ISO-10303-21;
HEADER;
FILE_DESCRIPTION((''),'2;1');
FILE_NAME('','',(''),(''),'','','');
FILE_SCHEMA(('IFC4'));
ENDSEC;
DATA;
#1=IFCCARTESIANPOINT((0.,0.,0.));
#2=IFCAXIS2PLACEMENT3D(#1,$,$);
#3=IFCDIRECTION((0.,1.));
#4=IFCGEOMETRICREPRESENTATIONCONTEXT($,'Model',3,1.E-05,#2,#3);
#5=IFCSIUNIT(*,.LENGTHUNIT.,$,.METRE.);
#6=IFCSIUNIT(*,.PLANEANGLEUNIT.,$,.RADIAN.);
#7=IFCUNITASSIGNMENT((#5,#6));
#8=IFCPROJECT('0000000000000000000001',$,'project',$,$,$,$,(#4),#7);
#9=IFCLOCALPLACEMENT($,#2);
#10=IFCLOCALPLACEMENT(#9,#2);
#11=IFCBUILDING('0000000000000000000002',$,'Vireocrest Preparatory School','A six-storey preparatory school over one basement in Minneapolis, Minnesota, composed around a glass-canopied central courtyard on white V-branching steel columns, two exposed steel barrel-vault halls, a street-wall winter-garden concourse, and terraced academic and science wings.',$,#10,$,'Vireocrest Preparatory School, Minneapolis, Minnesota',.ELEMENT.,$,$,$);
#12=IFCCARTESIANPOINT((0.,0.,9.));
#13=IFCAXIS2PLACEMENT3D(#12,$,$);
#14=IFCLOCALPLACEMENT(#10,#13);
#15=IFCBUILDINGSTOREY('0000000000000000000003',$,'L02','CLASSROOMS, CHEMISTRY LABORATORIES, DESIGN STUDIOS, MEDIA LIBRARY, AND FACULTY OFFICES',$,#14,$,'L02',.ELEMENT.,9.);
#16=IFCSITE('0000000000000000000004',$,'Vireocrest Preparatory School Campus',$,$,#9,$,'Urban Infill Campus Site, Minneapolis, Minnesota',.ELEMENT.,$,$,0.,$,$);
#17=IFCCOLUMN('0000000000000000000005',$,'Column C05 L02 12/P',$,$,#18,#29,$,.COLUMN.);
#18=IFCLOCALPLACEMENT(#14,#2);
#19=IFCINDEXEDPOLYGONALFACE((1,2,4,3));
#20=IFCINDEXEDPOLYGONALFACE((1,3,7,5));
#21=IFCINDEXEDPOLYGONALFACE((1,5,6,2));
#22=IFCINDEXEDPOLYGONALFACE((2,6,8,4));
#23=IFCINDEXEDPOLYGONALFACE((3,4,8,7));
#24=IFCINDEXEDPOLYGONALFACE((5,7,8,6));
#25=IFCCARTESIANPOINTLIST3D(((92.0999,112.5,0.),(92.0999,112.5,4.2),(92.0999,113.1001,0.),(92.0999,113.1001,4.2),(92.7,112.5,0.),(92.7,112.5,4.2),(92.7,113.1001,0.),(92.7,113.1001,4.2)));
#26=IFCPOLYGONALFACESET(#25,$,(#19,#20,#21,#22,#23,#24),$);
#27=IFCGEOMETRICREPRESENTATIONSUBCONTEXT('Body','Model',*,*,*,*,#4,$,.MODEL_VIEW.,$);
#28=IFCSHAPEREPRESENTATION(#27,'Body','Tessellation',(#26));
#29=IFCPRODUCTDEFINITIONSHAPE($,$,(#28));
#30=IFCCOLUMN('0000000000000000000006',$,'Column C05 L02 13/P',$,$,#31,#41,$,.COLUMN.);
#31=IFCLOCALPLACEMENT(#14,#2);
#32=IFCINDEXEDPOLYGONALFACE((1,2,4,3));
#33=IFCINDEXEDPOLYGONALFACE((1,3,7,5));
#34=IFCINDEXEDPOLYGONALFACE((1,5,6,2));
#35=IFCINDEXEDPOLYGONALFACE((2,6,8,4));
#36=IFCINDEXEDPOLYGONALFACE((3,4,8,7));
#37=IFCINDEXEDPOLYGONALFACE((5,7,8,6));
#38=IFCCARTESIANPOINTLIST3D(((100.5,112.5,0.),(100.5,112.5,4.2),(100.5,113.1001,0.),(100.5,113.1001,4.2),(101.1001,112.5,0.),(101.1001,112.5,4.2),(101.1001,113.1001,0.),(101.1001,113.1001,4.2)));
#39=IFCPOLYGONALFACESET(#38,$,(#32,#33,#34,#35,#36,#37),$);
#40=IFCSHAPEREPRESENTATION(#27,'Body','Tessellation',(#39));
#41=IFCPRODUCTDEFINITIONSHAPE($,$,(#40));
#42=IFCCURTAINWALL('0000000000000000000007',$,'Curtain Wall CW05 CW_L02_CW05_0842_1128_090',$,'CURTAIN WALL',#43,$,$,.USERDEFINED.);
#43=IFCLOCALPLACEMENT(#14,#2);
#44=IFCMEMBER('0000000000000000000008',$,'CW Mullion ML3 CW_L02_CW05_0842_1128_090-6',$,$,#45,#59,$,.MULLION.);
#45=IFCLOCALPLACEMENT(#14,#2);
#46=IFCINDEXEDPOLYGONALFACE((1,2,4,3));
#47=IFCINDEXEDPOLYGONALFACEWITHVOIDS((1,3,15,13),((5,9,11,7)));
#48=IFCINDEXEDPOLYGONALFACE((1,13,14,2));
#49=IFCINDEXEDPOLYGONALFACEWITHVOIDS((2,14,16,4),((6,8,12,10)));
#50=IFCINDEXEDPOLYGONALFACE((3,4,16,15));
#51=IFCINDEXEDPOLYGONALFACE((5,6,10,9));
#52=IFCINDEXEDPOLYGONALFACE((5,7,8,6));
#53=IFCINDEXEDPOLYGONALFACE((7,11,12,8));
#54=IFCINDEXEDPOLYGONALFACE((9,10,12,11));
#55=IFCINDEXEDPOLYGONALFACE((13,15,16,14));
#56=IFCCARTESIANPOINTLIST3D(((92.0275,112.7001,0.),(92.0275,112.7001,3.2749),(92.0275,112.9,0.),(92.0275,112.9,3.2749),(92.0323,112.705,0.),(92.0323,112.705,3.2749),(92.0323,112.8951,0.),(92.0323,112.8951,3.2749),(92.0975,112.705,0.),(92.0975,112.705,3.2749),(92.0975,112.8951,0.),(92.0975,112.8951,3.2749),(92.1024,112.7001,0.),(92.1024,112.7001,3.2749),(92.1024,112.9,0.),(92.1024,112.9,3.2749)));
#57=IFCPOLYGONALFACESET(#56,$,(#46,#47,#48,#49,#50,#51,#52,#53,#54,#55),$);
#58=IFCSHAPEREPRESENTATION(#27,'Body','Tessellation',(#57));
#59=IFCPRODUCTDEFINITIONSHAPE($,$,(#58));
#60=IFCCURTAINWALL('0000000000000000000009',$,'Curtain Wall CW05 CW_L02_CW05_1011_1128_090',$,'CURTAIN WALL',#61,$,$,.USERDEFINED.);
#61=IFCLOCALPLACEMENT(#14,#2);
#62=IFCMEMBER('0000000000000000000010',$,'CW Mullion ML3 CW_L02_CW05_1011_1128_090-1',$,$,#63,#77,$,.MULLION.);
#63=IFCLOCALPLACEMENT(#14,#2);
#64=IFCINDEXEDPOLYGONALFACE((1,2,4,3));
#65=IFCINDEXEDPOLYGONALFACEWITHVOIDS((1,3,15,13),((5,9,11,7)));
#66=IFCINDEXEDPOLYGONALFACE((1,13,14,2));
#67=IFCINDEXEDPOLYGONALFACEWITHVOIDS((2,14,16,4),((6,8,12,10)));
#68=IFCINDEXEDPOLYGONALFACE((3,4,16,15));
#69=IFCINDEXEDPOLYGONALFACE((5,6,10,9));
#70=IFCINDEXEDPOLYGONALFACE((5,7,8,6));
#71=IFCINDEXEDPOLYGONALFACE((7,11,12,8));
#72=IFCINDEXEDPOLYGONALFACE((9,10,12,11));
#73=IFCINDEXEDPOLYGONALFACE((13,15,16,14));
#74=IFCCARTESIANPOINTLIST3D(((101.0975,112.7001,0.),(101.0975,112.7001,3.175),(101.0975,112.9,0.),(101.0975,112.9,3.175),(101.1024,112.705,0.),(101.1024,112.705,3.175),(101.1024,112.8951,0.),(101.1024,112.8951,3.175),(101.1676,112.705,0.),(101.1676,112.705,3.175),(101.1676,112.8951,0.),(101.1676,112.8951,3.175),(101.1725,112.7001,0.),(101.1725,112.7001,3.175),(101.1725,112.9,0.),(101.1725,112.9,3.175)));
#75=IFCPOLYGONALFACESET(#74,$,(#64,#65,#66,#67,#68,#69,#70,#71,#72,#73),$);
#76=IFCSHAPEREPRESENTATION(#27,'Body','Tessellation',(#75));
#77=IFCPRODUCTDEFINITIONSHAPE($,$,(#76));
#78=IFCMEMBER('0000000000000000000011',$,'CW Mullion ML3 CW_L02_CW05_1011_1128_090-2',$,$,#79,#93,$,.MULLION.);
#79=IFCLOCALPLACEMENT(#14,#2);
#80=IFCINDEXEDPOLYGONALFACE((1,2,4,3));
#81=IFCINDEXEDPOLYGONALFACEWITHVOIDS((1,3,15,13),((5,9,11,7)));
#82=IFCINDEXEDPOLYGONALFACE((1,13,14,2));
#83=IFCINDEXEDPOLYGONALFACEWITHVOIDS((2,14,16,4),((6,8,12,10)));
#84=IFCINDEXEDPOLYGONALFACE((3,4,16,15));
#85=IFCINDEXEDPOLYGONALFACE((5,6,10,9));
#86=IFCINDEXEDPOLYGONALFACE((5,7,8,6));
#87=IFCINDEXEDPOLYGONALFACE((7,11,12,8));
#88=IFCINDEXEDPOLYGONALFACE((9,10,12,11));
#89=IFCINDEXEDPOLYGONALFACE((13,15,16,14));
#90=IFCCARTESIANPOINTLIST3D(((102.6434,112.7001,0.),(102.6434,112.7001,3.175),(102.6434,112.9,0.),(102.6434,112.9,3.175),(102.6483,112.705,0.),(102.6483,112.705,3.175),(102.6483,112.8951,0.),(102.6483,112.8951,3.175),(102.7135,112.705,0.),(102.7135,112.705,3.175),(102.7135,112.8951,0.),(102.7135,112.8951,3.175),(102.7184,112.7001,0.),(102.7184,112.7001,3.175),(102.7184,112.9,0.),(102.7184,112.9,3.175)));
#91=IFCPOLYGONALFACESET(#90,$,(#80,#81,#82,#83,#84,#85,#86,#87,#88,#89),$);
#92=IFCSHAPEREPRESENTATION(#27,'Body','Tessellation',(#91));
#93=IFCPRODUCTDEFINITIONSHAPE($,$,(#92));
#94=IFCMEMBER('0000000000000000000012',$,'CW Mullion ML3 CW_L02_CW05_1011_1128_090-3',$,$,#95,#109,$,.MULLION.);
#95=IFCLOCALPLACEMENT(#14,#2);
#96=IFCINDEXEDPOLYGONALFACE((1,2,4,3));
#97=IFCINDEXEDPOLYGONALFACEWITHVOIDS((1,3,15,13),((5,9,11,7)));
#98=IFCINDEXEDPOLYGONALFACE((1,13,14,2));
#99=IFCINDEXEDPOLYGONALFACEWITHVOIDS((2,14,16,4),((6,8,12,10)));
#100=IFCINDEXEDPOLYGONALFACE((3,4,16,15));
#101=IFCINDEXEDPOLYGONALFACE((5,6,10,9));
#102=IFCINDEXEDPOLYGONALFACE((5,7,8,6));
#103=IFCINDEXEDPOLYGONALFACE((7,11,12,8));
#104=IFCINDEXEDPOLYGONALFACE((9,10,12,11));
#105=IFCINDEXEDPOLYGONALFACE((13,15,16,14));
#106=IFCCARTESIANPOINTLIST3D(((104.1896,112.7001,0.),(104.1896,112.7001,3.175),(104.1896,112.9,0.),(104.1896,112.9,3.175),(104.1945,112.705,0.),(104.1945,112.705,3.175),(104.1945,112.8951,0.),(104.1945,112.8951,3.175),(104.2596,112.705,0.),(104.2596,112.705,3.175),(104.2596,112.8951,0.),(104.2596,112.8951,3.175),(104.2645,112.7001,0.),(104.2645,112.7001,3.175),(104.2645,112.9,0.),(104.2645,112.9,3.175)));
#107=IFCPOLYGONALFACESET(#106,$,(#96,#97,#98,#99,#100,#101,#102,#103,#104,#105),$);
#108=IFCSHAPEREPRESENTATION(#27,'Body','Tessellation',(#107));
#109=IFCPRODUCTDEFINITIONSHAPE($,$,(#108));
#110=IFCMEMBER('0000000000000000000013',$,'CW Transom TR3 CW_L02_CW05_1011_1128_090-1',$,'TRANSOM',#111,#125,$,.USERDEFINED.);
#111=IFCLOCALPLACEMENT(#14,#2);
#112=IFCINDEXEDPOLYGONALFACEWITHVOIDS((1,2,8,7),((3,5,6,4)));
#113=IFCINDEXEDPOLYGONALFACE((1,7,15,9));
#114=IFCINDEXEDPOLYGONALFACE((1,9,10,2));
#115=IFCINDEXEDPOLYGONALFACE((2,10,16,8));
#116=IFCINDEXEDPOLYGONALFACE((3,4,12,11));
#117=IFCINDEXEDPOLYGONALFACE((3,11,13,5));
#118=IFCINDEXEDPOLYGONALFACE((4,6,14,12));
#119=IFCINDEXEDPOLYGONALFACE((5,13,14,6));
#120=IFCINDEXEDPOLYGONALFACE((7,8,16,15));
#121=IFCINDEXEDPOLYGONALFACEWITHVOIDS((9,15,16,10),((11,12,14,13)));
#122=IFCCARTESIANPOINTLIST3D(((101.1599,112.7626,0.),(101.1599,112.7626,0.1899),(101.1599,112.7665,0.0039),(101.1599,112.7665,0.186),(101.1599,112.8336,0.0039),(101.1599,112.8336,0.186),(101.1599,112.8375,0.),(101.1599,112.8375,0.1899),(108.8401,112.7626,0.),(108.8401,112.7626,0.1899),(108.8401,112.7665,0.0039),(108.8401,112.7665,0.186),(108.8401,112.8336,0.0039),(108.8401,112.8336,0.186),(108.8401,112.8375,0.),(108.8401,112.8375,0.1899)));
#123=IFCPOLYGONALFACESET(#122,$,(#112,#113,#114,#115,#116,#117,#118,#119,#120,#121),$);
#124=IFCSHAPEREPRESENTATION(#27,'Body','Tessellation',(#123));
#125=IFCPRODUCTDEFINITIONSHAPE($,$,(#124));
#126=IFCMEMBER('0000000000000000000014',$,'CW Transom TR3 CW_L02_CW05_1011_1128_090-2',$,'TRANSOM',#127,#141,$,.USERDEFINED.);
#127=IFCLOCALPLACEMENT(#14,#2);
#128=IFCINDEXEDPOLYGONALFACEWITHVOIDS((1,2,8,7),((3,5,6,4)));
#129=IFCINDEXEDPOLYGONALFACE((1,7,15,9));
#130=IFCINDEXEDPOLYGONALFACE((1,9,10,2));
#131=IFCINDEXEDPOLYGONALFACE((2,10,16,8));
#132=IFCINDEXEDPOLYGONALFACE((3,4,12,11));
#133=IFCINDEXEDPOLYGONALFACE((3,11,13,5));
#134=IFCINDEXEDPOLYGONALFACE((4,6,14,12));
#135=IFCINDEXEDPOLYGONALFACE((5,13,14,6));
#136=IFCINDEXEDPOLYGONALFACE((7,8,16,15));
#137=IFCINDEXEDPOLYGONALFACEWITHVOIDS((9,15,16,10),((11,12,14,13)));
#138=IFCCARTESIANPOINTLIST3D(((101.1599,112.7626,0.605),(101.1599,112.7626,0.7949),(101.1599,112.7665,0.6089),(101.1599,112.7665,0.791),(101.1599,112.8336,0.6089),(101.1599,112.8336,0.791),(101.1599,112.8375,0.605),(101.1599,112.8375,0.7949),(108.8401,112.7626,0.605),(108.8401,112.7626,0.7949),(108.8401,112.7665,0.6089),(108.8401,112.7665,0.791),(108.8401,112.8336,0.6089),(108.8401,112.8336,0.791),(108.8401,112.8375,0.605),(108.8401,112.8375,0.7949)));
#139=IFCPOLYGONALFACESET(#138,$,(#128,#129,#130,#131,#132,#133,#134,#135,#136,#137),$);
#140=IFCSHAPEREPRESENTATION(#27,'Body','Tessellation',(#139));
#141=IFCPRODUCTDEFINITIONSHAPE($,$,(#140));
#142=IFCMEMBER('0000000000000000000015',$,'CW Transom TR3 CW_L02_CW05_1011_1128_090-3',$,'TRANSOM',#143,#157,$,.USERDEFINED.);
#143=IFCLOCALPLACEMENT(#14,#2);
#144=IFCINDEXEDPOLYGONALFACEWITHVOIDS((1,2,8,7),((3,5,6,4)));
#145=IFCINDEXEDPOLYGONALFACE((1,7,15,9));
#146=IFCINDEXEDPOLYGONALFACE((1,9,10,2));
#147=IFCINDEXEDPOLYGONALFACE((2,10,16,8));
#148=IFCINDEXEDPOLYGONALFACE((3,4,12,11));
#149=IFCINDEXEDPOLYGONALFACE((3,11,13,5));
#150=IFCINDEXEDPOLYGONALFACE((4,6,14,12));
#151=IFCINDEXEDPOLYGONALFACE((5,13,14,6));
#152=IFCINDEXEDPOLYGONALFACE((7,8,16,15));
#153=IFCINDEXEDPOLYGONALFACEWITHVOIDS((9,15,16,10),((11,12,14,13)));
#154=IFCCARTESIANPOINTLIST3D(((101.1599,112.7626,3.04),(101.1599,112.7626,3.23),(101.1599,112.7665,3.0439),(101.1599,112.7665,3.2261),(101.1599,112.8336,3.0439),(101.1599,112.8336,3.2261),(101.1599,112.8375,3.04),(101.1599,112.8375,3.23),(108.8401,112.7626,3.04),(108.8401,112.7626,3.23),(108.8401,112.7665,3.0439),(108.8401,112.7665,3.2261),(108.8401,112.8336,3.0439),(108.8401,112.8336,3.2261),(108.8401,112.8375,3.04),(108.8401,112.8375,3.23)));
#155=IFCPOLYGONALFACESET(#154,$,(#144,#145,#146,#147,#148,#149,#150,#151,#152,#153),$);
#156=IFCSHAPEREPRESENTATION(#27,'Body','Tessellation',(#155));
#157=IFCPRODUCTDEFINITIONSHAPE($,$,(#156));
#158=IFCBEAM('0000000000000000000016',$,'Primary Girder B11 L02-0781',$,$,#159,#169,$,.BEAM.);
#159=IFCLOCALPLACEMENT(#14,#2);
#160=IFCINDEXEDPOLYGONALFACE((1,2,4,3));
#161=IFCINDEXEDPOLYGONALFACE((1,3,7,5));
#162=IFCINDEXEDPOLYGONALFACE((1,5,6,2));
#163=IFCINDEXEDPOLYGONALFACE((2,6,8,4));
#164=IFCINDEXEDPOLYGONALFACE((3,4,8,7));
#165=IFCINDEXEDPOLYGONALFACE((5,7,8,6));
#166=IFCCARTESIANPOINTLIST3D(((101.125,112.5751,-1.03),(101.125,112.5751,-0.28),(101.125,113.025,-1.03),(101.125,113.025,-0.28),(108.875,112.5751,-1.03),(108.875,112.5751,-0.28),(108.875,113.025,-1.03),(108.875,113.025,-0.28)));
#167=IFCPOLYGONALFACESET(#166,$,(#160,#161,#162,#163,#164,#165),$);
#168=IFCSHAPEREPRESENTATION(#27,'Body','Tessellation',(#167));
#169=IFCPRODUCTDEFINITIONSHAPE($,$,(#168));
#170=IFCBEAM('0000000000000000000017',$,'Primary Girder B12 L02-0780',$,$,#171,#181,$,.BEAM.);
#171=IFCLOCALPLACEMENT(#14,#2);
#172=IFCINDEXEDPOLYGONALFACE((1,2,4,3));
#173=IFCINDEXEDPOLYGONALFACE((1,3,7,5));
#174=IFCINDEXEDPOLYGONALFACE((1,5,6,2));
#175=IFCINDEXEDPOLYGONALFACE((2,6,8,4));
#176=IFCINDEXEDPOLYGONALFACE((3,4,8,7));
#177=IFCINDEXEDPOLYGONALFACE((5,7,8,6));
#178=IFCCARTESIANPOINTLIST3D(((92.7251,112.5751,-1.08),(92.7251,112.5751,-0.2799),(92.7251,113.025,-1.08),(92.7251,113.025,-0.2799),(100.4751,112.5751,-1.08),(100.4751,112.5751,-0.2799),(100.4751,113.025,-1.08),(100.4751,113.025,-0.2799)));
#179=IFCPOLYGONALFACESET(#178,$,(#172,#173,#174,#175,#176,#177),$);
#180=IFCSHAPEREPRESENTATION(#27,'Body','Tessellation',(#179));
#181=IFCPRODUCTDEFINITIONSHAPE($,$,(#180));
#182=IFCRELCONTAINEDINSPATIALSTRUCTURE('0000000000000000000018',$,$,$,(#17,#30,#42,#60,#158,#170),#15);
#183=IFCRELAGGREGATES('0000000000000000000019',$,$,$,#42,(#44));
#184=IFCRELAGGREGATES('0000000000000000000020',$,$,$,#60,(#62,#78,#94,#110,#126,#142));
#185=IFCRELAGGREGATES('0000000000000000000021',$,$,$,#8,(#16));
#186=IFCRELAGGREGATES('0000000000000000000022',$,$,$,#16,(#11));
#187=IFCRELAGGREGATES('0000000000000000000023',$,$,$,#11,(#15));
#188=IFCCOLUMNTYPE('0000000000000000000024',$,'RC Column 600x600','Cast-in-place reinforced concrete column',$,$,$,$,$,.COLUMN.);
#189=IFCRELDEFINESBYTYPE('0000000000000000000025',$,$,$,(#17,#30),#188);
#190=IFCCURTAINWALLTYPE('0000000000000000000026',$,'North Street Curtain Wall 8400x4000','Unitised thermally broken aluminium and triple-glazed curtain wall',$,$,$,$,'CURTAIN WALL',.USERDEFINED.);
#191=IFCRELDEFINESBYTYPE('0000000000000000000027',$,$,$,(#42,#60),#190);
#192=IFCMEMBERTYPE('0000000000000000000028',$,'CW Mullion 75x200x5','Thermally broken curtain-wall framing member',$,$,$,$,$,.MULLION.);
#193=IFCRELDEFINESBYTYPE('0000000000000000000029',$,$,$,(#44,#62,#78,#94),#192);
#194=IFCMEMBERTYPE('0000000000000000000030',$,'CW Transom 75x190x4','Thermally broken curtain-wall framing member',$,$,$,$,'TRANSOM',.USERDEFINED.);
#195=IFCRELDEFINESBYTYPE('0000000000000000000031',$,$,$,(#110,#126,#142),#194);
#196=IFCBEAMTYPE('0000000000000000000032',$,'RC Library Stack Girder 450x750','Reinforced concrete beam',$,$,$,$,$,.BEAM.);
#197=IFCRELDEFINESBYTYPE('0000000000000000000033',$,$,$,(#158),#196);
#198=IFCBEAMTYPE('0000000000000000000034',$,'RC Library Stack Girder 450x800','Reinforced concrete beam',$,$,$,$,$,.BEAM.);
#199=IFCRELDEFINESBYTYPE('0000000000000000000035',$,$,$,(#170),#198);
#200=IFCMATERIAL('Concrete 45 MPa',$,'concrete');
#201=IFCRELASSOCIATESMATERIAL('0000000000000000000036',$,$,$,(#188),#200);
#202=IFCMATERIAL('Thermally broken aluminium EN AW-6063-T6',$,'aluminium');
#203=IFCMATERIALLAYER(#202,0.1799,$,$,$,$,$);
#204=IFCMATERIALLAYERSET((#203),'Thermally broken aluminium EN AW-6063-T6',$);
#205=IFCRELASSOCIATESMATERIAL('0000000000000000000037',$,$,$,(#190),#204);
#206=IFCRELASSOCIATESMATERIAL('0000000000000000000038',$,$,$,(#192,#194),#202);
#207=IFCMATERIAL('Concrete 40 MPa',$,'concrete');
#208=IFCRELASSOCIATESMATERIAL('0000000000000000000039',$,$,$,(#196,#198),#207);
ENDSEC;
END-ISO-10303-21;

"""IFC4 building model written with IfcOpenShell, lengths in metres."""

from ifc_helpers import new_model, si_unit, direction, frame, origin, origin_2d, place, context, subcontext, project, spatial, rectangle, hollow_rectangle, extrude, material, layer, layer_set, material_profile, profile_set, type_object, element, aggregate, save


model = new_model("IFC4")

# Units and contexts
model_context = context("Model", 3, precision=1e-05, world=origin(), true_north=direction((0.0, 1.0)))
body_context = subcontext(model_context, "Body", "Model", "MODEL_VIEW")
ifc_project = project(units=[si_unit("LENGTHUNIT", "METRE"), si_unit("PLANEANGLEUNIT", "RADIAN")], contexts=[model_context])

# Site, building, storey
site_placement = place(None, origin())
site = spatial("IfcSite", under=ifc_project, at=site_placement, Name="Vireocrest Preparatory School Campus", LongName="Urban Infill Campus Site, Minneapolis, Minnesota", CompositionType="ELEMENT", RefElevation=0.0)
building_placement = place(site_placement, origin())
building = spatial("IfcBuilding", under=site, at=building_placement, Name="Vireocrest Preparatory School", Description="A six-storey preparatory school over one basement in Minneapolis, Minnesota, composed around a glass-canopied central courtyard on white V-branching steel columns, two exposed steel barrel-vault halls, a street-wall winter-garden concourse, and terraced academic and science wings.", LongName="Vireocrest Preparatory School, Minneapolis, Minnesota", CompositionType="ELEMENT")
storey_placement = place(building_placement, frame((0.0, 0.0, 9.0)))
storey = spatial("IfcBuildingStorey", under=building, at=storey_placement, Name="L02", Description="CLASSROOMS, CHEMISTRY LABORATORIES, DESIGN STUDIOS, MEDIA LIBRARY, AND FACULTY OFFICES", LongName="L02", CompositionType="ELEMENT", Elevation=9.0)

# Columns
ifc_material_1 = material(Name="Concrete 45 MPa", Category="concrete")
ifc_material_profile_1 = material_profile(ifc_material_1, rectangle(XDim=0.6001, YDim=0.6001, at=origin_2d()), Name="RC 600x600")
ifc_profile_set_1 = profile_set([ifc_material_profile_1], Name="Concrete 45 MPa")
column_type = type_object("IfcColumnType", Name="RC Column 600x600", Description="Cast-in-place reinforced concrete column", PredefinedType="COLUMN", material=ifc_profile_set_1)
for number, where, z_axis, x_axis, name in (
    (1, (92.3999, 112.8, 0.0), (0.0, 0.0, 1.0), (1.0, 0.0, 0.0), "Column C05 L02 12/P"),
    (2, (100.8, 112.8, 0.0), (0.0, 0.0, 1.0), (1.0, 0.0, 0.0), "Column C05 L02 13/P"),
):
    element("IfcColumn", number, at=place(storey_placement, frame(where, z_axis=z_axis, x_axis=x_axis)), inside=storey, type_object=column_type, Name=name, PredefinedType="COLUMN", context=body_context, shape_type="SweptSolid", body=[
        extrude(rectangle(XDim=0.6001, YDim=0.6001, at=origin_2d()), origin(), (0.0, 0.0, 1.0), 4.2),
    ])

# Curtain wall, member
ifc_material_2 = material(Name="Thermally broken aluminium EN AW-6063-T6", Category="aluminium")
ifc_layer_1 = layer(ifc_material_2, 0.1799)
ifc_layer_set_1 = layer_set([ifc_layer_1], Name="Thermally broken aluminium EN AW-6063-T6")
curtain_wall_type = type_object("IfcCurtainWallType", Name="North Street Curtain Wall 8400x4000", Description="Unitised thermally broken aluminium and triple-glazed curtain wall", ElementType="CURTAIN WALL", PredefinedType="USERDEFINED", material=ifc_layer_set_1)
curtain_wall_1_placement = place(storey_placement, origin())
curtain_wall_1 = element("IfcCurtainWall", 3, at=curtain_wall_1_placement, inside=storey, type_object=curtain_wall_type, Name="Curtain Wall CW05 CW_L02_CW05_0842_1128_090", ObjectType="CURTAIN WALL", PredefinedType="USERDEFINED")
ifc_material_profile_2 = material_profile(ifc_material_2, hollow_rectangle(XDim=0.075, YDim=0.2, WallThickness=0.0049, at=origin_2d()), Name="ALU 75x200x5")
ifc_profile_set_2 = profile_set([ifc_material_profile_2], Name="Thermally broken aluminium EN AW-6063-T6")
member_type_1 = type_object("IfcMemberType", Name="CW Mullion 75x200x5", Description="Thermally broken curtain-wall framing member", PredefinedType="MULLION", material=ifc_profile_set_2)
member_1_placement = place(storey_placement, frame((92.0649, 112.8, 0.0), z_axis=(0.0, 0.0, 1.0), x_axis=(1.0, 0.0, 0.0)))
member_1 = element("IfcMember", 4, at=member_1_placement, type_object=member_type_1, Name="CW Mullion ML3 CW_L02_CW05_0842_1128_090-6", PredefinedType="MULLION", context=body_context, shape_type="SweptSolid", body=[
    extrude(hollow_rectangle(XDim=0.075, YDim=0.2, WallThickness=0.0049, at=origin_2d()), origin(), (0.0, 0.0, 1.0), 3.2749),
])
aggregate(curtain_wall_1, [member_1])

# Curtain wall, members
curtain_wall_2_placement = place(storey_placement, origin())
curtain_wall_2 = element("IfcCurtainWall", 5, at=curtain_wall_2_placement, inside=storey, type_object=curtain_wall_type, Name="Curtain Wall CW05 CW_L02_CW05_1011_1128_090", ObjectType="CURTAIN WALL", PredefinedType="USERDEFINED")
member_2_placement = place(storey_placement, frame((101.135, 112.8, 0.0), z_axis=(0.0, 0.0, 1.0), x_axis=(1.0, 0.0, 0.0)))
member_2 = element("IfcMember", 6, at=member_2_placement, type_object=member_type_1, Name="CW Mullion ML3 CW_L02_CW05_1011_1128_090-1", PredefinedType="MULLION", context=body_context, shape_type="SweptSolid", body=[
    extrude(hollow_rectangle(XDim=0.075, YDim=0.2, WallThickness=0.0049, at=origin_2d()), origin(), (0.0, 0.0, 1.0), 3.175),
])
member_3_placement = place(storey_placement, frame((102.6809, 112.8, 0.0), z_axis=(0.0, 0.0, 1.0), x_axis=(1.0, 0.0, 0.0)))
member_3 = element("IfcMember", 7, at=member_3_placement, type_object=member_type_1, Name="CW Mullion ML3 CW_L02_CW05_1011_1128_090-2", PredefinedType="MULLION", context=body_context, shape_type="SweptSolid", body=[
    extrude(hollow_rectangle(XDim=0.075, YDim=0.2, WallThickness=0.0049, at=origin_2d()), origin(), (0.0, 0.0, 1.0), 3.175),
])
member_4_placement = place(storey_placement, frame((104.2271, 112.8, 0.0), z_axis=(0.0, 0.0, 1.0), x_axis=(1.0, 0.0, 0.0)))
member_4 = element("IfcMember", 8, at=member_4_placement, type_object=member_type_1, Name="CW Mullion ML3 CW_L02_CW05_1011_1128_090-3", PredefinedType="MULLION", context=body_context, shape_type="SweptSolid", body=[
    extrude(hollow_rectangle(XDim=0.075, YDim=0.2, WallThickness=0.0049, at=origin_2d()), origin(), (0.0, 0.0, 1.0), 3.175),
])
ifc_material_profile_3 = material_profile(ifc_material_2, hollow_rectangle(XDim=0.075, YDim=0.1899, WallThickness=0.0039, at=origin_2d()), Name="ALU 75x190x4")
ifc_profile_set_3 = profile_set([ifc_material_profile_3], Name="Thermally broken aluminium EN AW-6063-T6")
member_type_2 = type_object("IfcMemberType", Name="CW Transom 75x190x4", Description="Thermally broken curtain-wall framing member", ElementType="TRANSOM", PredefinedType="USERDEFINED", material=ifc_profile_set_3)
member_5_placement = place(storey_placement, frame((101.1599, 112.8, 0.095), z_axis=(1.0, 0.0, 0.0), x_axis=(0.0, 1.0, 0.0)))
member_5 = element("IfcMember", 9, at=member_5_placement, type_object=member_type_2, Name="CW Transom TR3 CW_L02_CW05_1011_1128_090-1", ObjectType="TRANSOM", PredefinedType="USERDEFINED", context=body_context, shape_type="SweptSolid", body=[
    extrude(hollow_rectangle(XDim=0.075, YDim=0.1899, WallThickness=0.0039, at=origin_2d()), origin(), (0.0, 0.0, 1.0), 7.6802),
])
member_6_placement = place(storey_placement, frame((101.1599, 112.8, 0.7), z_axis=(1.0, 0.0, 0.0), x_axis=(0.0, 1.0, 0.0)))
member_6 = element("IfcMember", 10, at=member_6_placement, type_object=member_type_2, Name="CW Transom TR3 CW_L02_CW05_1011_1128_090-2", ObjectType="TRANSOM", PredefinedType="USERDEFINED", context=body_context, shape_type="SweptSolid", body=[
    extrude(hollow_rectangle(XDim=0.075, YDim=0.1899, WallThickness=0.0039, at=origin_2d()), origin(), (0.0, 0.0, 1.0), 7.6802),
])
member_7_placement = place(storey_placement, frame((101.1599, 112.8, 3.135), z_axis=(1.0, 0.0, 0.0), x_axis=(0.0, 1.0, 0.0)))
member_7 = element("IfcMember", 11, at=member_7_placement, type_object=member_type_2, Name="CW Transom TR3 CW_L02_CW05_1011_1128_090-3", ObjectType="TRANSOM", PredefinedType="USERDEFINED", context=body_context, shape_type="SweptSolid", body=[
    extrude(hollow_rectangle(XDim=0.075, YDim=0.1899, WallThickness=0.0039, at=origin_2d()), origin(), (0.0, 0.0, 1.0), 7.6802),
])

# Beams
ifc_material_3 = material(Name="Concrete 40 MPa", Category="concrete")
ifc_material_profile_4 = material_profile(ifc_material_3, rectangle(XDim=0.45, YDim=0.75, at=origin_2d()), Name="RC 450x750")
ifc_profile_set_4 = profile_set([ifc_material_profile_4], Name="Concrete 40 MPa")
beam_type_1 = type_object("IfcBeamType", Name="RC Library Stack Girder 450x750", Description="Reinforced concrete beam", PredefinedType="BEAM", material=ifc_profile_set_4)
beam_1_placement = place(storey_placement, frame((101.125, 112.8, -0.655), z_axis=(1.0, 0.0, 0.0), x_axis=(0.0, 1.0, 0.0)))
element("IfcBeam", 12, at=beam_1_placement, inside=storey, type_object=beam_type_1, Name="Primary Girder B11 L02-0781", PredefinedType="BEAM", context=body_context, shape_type="SweptSolid", body=[
    extrude(rectangle(XDim=0.45, YDim=0.75, at=origin_2d()), origin(), (0.0, 0.0, 1.0), 7.75),
])
ifc_material_profile_5 = material_profile(ifc_material_3, rectangle(XDim=0.45, YDim=0.8, at=origin_2d()), Name="RC 450x800")
ifc_profile_set_5 = profile_set([ifc_material_profile_5], Name="Concrete 40 MPa")
beam_type_2 = type_object("IfcBeamType", Name="RC Library Stack Girder 450x800", Description="Reinforced concrete beam", PredefinedType="BEAM", material=ifc_profile_set_5)
beam_2_placement = place(storey_placement, frame((92.7251, 112.8, -0.6799), z_axis=(1.0, 0.0, 0.0), x_axis=(0.0, 1.0, 0.0)))
element("IfcBeam", 13, at=beam_2_placement, inside=storey, type_object=beam_type_2, Name="Primary Girder B12 L02-0780", PredefinedType="BEAM", context=body_context, shape_type="SweptSolid", body=[
    extrude(rectangle(XDim=0.45, YDim=0.8, at=origin_2d()), origin(), (0.0, 0.0, 1.0), 7.75),
])

aggregate(curtain_wall_2, [member_2, member_3, member_4, member_5, member_6, member_7])

save(model, "model.ifc")
